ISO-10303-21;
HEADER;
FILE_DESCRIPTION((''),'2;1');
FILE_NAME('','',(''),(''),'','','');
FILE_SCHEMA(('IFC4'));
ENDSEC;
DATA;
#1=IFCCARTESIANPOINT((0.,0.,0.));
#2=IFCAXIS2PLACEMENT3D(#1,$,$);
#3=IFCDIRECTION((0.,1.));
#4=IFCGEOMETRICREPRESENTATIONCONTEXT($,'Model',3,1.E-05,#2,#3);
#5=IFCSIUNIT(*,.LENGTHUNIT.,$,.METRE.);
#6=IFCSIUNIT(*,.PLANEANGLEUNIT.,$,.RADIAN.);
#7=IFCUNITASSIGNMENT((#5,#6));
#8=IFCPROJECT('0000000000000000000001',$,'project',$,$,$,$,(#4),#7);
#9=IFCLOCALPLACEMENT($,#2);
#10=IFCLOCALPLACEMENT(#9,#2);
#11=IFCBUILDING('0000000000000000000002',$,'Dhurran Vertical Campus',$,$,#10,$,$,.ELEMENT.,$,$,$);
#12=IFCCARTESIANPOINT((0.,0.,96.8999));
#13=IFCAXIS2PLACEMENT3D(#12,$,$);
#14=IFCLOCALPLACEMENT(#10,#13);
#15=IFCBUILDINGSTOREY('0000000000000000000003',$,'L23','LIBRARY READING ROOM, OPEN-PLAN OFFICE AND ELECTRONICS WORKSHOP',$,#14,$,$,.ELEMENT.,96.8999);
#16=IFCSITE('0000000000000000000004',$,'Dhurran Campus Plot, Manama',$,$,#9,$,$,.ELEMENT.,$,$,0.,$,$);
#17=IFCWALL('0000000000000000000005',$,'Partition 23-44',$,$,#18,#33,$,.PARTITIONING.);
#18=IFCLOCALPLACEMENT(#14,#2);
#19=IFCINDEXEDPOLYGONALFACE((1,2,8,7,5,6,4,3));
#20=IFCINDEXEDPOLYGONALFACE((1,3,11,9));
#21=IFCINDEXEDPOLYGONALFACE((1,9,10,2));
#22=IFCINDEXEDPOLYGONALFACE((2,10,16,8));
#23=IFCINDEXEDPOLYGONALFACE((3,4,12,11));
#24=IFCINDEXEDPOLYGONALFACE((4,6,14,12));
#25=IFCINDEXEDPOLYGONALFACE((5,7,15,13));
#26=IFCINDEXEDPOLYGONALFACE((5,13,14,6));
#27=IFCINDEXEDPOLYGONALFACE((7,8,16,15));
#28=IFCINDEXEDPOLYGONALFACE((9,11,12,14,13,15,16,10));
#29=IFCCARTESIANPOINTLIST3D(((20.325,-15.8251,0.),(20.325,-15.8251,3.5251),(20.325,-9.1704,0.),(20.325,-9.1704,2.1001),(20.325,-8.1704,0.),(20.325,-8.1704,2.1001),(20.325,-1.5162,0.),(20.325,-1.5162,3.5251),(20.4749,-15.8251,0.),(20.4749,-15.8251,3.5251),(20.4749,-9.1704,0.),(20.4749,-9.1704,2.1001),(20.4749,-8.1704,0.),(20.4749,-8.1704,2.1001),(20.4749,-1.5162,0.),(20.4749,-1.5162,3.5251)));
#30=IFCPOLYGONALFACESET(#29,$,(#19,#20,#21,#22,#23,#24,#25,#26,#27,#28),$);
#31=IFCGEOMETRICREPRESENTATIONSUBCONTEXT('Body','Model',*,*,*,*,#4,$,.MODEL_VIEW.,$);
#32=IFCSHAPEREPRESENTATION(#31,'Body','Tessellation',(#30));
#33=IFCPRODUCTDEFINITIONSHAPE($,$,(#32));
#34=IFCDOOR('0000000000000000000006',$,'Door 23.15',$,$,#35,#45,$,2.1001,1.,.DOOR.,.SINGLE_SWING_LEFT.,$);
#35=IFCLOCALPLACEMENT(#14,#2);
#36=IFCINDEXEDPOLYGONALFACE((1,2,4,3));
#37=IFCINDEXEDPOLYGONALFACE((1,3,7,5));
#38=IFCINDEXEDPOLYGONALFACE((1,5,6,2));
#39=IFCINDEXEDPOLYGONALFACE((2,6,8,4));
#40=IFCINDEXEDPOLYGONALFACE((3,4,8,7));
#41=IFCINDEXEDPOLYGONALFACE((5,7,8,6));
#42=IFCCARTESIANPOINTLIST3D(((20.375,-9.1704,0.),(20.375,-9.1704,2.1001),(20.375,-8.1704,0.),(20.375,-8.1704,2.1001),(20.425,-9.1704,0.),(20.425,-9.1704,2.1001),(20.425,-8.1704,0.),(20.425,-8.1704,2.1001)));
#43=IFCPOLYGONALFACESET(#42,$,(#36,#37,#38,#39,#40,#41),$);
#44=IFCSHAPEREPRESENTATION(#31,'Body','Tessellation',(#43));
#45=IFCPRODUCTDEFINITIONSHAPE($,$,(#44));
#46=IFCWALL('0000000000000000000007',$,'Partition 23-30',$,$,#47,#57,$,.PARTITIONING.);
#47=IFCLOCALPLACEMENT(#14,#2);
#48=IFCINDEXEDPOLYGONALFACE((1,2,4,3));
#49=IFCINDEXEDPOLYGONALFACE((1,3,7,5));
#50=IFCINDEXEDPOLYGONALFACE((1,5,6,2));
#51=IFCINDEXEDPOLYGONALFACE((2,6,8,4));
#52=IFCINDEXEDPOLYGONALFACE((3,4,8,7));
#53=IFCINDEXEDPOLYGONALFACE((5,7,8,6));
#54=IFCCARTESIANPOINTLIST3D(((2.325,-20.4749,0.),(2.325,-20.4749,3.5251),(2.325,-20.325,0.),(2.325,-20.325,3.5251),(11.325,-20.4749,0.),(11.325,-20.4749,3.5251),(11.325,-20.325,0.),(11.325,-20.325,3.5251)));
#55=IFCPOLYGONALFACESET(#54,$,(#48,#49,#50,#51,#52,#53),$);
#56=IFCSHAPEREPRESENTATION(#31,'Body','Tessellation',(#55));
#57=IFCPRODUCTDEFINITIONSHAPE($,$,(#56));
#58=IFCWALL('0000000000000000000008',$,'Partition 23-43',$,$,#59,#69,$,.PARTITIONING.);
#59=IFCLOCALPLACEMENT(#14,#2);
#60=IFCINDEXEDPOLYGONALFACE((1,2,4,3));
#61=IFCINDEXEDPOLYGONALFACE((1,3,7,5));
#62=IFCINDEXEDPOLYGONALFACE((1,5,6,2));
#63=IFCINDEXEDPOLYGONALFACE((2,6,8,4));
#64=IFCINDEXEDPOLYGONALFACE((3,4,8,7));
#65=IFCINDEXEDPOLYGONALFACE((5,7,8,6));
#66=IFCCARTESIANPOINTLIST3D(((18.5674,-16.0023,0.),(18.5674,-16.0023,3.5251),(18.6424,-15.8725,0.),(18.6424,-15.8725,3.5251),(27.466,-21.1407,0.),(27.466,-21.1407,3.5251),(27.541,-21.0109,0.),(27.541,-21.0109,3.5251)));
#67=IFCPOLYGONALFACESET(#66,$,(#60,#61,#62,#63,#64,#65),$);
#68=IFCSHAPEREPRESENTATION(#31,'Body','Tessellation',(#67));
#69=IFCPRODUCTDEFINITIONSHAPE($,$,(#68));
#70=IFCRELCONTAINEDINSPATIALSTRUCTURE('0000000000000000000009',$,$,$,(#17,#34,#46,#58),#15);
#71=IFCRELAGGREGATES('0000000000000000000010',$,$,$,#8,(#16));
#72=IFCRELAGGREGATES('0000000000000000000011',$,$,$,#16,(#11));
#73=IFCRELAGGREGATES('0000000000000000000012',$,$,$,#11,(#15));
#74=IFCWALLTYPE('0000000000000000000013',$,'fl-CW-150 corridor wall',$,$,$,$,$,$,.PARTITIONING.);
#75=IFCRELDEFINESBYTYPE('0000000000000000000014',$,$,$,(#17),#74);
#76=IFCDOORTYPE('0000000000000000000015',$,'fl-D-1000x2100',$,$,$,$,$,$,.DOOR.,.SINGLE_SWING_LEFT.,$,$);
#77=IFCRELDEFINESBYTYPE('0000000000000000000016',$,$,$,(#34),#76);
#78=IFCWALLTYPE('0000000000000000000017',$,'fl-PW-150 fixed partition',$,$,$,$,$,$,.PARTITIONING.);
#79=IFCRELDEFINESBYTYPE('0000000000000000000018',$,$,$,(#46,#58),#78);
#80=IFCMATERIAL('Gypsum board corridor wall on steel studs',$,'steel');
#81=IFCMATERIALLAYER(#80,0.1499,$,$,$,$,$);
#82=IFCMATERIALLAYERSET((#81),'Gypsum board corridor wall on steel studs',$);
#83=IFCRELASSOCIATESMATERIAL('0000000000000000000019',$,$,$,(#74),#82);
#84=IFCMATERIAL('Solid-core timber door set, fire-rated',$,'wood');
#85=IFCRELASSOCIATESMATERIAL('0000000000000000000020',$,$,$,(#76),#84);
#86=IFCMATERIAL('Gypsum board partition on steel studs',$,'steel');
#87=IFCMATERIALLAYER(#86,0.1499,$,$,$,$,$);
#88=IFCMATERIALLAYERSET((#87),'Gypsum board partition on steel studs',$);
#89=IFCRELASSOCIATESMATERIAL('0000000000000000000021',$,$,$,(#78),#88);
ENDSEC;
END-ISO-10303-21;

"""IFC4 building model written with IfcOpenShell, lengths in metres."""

from ifc_helpers import new_model, si_unit, direction, frame, frame_2d, origin, place, context, subcontext, project, spatial, rectangle, extrude, material, layer, layer_set, type_object, element, fill, save


model = new_model("IFC4")

# Units and contexts
model_context = context("Model", 3, precision=1e-05, world=origin(), true_north=direction((0.0, 1.0)))
body_context = subcontext(model_context, "Body", "Model", "MODEL_VIEW")
ifc_project = project(units=[si_unit("LENGTHUNIT", "METRE"), si_unit("PLANEANGLEUNIT", "RADIAN")], contexts=[model_context])

# Site, building, storey
site_placement = place(None, origin())
site = spatial("IfcSite", under=ifc_project, at=site_placement, Name="Dhurran Campus Plot, Manama", CompositionType="ELEMENT", RefElevation=0.0)
building_placement = place(site_placement, origin())
building = spatial("IfcBuilding", under=site, at=building_placement, Name="Dhurran Vertical Campus", CompositionType="ELEMENT")
storey_placement = place(building_placement, frame((0.0, 0.0, 96.8999)))
storey = spatial("IfcBuildingStorey", under=building, at=storey_placement, Name="L23", Description="LIBRARY READING ROOM, OPEN-PLAN OFFICE AND ELECTRONICS WORKSHOP", CompositionType="ELEMENT", Elevation=96.8999)

# Shared definitions
ifc_material_1 = material(Name="Gypsum board corridor wall on steel studs", Category="steel")
ifc_layer_1 = layer(ifc_material_1, 0.1499)
ifc_layer_set_1 = layer_set([ifc_layer_1], Name="Gypsum board corridor wall on steel studs")
wall_type_1 = type_object("IfcWallType", Name="fl-CW-150 corridor wall", PredefinedType="PARTITIONING", material=ifc_layer_set_1)

# Wall, opening, door
wall_1_placement = place(storey_placement, frame((20.3999, -15.825, 0.0), z_axis=(0.0, 0.0, 1.0), x_axis=(0.0, 1.0, 0.0)))
wall_1 = element("IfcWall", 1, at=wall_1_placement, inside=storey, type_object=wall_type_1, Name="Partition 23-44", PredefinedType="PARTITIONING", context=body_context, shape_type="SweptSolid", body=[
    extrude(rectangle(XDim=14.3088, YDim=0.1499, at=frame_2d((7.1543, 0.0))), origin(), (0.0, 0.0, 1.0), 3.5251),
])
opening_1_placement = place(wall_1_placement, frame((6.6545, 0.0, 0.0)))
opening_1 = element("IfcOpeningElement", 2, at=opening_1_placement, cuts=wall_1, PredefinedType="OPENING", context=body_context, shape_type="SweptSolid", body=[
    extrude(rectangle(XDim=1.0, YDim=2.1001, at=frame_2d((0.5, 1.05))), frame((0.0, 0.085, 0.0), z_axis=(0.0, -1.0, 0.0), x_axis=(1.0, 0.0, 0.0)), (0.0, 0.0, 1.0), 0.1699),
])
ifc_material_2 = material(Name="Solid-core timber door set, fire-rated", Category="wood")
door_type = type_object("IfcDoorType", Name="fl-D-1000x2100", OperationType="SINGLE_SWING_LEFT", PredefinedType="DOOR", material=ifc_material_2)
door_placement = place(opening_1_placement, origin())
door = element("IfcDoor", 3, at=door_placement, inside=storey, type_object=door_type, Name="Door 23.15", OperationType="SINGLE_SWING_LEFT", OverallHeight=2.1001, OverallWidth=1.0, PredefinedType="DOOR", context=body_context, shape_type="SweptSolid", body=[
    extrude(rectangle(XDim=1.0, YDim=2.1001, at=frame_2d((0.5, 1.05))), frame((0.0, 0.0249, 0.0), z_axis=(0.0, -1.0, 0.0), x_axis=(1.0, 0.0, 0.0)), (0.0, 0.0, 1.0), 0.05),
])
fill(opening_1, door)

# Walls
ifc_material_3 = material(Name="Gypsum board partition on steel studs", Category="steel")
ifc_layer_2 = layer(ifc_material_3, 0.1499)
ifc_layer_set_2 = layer_set([ifc_layer_2], Name="Gypsum board partition on steel studs")
wall_type_2 = type_object("IfcWallType", Name="fl-PW-150 fixed partition", PredefinedType="PARTITIONING", material=ifc_layer_set_2)
wall_2_placement = place(storey_placement, frame((11.325, -20.3999, 0.0), z_axis=(0.0, 0.0, 1.0), x_axis=(-1.0, 0.0, 0.0)))
element("IfcWall", 4, at=wall_2_placement, inside=storey, type_object=wall_type_2, Name="Partition 23-30", PredefinedType="PARTITIONING", context=body_context, shape_type="SweptSolid", body=[
    extrude(rectangle(XDim=9.0, YDim=0.1499, at=frame_2d((4.5, 0.0))), origin(), (0.0, 0.0, 1.0), 3.5251),
])
wall_3_placement = place(storey_placement, frame((18.605, -15.9375, 0.0), z_axis=(0.0, 0.0, 1.0), x_axis=(0.865993, -0.500056, 0.0)))
element("IfcWall", 5, at=wall_3_placement, inside=storey, type_object=wall_type_2, Name="Partition 23-43", PredefinedType="PARTITIONING", context=body_context, shape_type="SweptSolid", body=[
    extrude(rectangle(XDim=10.2756, YDim=0.1499, at=frame_2d((5.1377, 0.0))), origin(), (0.0, 0.0, 1.0), 3.5251),
])

save(model, "model.ifc")
